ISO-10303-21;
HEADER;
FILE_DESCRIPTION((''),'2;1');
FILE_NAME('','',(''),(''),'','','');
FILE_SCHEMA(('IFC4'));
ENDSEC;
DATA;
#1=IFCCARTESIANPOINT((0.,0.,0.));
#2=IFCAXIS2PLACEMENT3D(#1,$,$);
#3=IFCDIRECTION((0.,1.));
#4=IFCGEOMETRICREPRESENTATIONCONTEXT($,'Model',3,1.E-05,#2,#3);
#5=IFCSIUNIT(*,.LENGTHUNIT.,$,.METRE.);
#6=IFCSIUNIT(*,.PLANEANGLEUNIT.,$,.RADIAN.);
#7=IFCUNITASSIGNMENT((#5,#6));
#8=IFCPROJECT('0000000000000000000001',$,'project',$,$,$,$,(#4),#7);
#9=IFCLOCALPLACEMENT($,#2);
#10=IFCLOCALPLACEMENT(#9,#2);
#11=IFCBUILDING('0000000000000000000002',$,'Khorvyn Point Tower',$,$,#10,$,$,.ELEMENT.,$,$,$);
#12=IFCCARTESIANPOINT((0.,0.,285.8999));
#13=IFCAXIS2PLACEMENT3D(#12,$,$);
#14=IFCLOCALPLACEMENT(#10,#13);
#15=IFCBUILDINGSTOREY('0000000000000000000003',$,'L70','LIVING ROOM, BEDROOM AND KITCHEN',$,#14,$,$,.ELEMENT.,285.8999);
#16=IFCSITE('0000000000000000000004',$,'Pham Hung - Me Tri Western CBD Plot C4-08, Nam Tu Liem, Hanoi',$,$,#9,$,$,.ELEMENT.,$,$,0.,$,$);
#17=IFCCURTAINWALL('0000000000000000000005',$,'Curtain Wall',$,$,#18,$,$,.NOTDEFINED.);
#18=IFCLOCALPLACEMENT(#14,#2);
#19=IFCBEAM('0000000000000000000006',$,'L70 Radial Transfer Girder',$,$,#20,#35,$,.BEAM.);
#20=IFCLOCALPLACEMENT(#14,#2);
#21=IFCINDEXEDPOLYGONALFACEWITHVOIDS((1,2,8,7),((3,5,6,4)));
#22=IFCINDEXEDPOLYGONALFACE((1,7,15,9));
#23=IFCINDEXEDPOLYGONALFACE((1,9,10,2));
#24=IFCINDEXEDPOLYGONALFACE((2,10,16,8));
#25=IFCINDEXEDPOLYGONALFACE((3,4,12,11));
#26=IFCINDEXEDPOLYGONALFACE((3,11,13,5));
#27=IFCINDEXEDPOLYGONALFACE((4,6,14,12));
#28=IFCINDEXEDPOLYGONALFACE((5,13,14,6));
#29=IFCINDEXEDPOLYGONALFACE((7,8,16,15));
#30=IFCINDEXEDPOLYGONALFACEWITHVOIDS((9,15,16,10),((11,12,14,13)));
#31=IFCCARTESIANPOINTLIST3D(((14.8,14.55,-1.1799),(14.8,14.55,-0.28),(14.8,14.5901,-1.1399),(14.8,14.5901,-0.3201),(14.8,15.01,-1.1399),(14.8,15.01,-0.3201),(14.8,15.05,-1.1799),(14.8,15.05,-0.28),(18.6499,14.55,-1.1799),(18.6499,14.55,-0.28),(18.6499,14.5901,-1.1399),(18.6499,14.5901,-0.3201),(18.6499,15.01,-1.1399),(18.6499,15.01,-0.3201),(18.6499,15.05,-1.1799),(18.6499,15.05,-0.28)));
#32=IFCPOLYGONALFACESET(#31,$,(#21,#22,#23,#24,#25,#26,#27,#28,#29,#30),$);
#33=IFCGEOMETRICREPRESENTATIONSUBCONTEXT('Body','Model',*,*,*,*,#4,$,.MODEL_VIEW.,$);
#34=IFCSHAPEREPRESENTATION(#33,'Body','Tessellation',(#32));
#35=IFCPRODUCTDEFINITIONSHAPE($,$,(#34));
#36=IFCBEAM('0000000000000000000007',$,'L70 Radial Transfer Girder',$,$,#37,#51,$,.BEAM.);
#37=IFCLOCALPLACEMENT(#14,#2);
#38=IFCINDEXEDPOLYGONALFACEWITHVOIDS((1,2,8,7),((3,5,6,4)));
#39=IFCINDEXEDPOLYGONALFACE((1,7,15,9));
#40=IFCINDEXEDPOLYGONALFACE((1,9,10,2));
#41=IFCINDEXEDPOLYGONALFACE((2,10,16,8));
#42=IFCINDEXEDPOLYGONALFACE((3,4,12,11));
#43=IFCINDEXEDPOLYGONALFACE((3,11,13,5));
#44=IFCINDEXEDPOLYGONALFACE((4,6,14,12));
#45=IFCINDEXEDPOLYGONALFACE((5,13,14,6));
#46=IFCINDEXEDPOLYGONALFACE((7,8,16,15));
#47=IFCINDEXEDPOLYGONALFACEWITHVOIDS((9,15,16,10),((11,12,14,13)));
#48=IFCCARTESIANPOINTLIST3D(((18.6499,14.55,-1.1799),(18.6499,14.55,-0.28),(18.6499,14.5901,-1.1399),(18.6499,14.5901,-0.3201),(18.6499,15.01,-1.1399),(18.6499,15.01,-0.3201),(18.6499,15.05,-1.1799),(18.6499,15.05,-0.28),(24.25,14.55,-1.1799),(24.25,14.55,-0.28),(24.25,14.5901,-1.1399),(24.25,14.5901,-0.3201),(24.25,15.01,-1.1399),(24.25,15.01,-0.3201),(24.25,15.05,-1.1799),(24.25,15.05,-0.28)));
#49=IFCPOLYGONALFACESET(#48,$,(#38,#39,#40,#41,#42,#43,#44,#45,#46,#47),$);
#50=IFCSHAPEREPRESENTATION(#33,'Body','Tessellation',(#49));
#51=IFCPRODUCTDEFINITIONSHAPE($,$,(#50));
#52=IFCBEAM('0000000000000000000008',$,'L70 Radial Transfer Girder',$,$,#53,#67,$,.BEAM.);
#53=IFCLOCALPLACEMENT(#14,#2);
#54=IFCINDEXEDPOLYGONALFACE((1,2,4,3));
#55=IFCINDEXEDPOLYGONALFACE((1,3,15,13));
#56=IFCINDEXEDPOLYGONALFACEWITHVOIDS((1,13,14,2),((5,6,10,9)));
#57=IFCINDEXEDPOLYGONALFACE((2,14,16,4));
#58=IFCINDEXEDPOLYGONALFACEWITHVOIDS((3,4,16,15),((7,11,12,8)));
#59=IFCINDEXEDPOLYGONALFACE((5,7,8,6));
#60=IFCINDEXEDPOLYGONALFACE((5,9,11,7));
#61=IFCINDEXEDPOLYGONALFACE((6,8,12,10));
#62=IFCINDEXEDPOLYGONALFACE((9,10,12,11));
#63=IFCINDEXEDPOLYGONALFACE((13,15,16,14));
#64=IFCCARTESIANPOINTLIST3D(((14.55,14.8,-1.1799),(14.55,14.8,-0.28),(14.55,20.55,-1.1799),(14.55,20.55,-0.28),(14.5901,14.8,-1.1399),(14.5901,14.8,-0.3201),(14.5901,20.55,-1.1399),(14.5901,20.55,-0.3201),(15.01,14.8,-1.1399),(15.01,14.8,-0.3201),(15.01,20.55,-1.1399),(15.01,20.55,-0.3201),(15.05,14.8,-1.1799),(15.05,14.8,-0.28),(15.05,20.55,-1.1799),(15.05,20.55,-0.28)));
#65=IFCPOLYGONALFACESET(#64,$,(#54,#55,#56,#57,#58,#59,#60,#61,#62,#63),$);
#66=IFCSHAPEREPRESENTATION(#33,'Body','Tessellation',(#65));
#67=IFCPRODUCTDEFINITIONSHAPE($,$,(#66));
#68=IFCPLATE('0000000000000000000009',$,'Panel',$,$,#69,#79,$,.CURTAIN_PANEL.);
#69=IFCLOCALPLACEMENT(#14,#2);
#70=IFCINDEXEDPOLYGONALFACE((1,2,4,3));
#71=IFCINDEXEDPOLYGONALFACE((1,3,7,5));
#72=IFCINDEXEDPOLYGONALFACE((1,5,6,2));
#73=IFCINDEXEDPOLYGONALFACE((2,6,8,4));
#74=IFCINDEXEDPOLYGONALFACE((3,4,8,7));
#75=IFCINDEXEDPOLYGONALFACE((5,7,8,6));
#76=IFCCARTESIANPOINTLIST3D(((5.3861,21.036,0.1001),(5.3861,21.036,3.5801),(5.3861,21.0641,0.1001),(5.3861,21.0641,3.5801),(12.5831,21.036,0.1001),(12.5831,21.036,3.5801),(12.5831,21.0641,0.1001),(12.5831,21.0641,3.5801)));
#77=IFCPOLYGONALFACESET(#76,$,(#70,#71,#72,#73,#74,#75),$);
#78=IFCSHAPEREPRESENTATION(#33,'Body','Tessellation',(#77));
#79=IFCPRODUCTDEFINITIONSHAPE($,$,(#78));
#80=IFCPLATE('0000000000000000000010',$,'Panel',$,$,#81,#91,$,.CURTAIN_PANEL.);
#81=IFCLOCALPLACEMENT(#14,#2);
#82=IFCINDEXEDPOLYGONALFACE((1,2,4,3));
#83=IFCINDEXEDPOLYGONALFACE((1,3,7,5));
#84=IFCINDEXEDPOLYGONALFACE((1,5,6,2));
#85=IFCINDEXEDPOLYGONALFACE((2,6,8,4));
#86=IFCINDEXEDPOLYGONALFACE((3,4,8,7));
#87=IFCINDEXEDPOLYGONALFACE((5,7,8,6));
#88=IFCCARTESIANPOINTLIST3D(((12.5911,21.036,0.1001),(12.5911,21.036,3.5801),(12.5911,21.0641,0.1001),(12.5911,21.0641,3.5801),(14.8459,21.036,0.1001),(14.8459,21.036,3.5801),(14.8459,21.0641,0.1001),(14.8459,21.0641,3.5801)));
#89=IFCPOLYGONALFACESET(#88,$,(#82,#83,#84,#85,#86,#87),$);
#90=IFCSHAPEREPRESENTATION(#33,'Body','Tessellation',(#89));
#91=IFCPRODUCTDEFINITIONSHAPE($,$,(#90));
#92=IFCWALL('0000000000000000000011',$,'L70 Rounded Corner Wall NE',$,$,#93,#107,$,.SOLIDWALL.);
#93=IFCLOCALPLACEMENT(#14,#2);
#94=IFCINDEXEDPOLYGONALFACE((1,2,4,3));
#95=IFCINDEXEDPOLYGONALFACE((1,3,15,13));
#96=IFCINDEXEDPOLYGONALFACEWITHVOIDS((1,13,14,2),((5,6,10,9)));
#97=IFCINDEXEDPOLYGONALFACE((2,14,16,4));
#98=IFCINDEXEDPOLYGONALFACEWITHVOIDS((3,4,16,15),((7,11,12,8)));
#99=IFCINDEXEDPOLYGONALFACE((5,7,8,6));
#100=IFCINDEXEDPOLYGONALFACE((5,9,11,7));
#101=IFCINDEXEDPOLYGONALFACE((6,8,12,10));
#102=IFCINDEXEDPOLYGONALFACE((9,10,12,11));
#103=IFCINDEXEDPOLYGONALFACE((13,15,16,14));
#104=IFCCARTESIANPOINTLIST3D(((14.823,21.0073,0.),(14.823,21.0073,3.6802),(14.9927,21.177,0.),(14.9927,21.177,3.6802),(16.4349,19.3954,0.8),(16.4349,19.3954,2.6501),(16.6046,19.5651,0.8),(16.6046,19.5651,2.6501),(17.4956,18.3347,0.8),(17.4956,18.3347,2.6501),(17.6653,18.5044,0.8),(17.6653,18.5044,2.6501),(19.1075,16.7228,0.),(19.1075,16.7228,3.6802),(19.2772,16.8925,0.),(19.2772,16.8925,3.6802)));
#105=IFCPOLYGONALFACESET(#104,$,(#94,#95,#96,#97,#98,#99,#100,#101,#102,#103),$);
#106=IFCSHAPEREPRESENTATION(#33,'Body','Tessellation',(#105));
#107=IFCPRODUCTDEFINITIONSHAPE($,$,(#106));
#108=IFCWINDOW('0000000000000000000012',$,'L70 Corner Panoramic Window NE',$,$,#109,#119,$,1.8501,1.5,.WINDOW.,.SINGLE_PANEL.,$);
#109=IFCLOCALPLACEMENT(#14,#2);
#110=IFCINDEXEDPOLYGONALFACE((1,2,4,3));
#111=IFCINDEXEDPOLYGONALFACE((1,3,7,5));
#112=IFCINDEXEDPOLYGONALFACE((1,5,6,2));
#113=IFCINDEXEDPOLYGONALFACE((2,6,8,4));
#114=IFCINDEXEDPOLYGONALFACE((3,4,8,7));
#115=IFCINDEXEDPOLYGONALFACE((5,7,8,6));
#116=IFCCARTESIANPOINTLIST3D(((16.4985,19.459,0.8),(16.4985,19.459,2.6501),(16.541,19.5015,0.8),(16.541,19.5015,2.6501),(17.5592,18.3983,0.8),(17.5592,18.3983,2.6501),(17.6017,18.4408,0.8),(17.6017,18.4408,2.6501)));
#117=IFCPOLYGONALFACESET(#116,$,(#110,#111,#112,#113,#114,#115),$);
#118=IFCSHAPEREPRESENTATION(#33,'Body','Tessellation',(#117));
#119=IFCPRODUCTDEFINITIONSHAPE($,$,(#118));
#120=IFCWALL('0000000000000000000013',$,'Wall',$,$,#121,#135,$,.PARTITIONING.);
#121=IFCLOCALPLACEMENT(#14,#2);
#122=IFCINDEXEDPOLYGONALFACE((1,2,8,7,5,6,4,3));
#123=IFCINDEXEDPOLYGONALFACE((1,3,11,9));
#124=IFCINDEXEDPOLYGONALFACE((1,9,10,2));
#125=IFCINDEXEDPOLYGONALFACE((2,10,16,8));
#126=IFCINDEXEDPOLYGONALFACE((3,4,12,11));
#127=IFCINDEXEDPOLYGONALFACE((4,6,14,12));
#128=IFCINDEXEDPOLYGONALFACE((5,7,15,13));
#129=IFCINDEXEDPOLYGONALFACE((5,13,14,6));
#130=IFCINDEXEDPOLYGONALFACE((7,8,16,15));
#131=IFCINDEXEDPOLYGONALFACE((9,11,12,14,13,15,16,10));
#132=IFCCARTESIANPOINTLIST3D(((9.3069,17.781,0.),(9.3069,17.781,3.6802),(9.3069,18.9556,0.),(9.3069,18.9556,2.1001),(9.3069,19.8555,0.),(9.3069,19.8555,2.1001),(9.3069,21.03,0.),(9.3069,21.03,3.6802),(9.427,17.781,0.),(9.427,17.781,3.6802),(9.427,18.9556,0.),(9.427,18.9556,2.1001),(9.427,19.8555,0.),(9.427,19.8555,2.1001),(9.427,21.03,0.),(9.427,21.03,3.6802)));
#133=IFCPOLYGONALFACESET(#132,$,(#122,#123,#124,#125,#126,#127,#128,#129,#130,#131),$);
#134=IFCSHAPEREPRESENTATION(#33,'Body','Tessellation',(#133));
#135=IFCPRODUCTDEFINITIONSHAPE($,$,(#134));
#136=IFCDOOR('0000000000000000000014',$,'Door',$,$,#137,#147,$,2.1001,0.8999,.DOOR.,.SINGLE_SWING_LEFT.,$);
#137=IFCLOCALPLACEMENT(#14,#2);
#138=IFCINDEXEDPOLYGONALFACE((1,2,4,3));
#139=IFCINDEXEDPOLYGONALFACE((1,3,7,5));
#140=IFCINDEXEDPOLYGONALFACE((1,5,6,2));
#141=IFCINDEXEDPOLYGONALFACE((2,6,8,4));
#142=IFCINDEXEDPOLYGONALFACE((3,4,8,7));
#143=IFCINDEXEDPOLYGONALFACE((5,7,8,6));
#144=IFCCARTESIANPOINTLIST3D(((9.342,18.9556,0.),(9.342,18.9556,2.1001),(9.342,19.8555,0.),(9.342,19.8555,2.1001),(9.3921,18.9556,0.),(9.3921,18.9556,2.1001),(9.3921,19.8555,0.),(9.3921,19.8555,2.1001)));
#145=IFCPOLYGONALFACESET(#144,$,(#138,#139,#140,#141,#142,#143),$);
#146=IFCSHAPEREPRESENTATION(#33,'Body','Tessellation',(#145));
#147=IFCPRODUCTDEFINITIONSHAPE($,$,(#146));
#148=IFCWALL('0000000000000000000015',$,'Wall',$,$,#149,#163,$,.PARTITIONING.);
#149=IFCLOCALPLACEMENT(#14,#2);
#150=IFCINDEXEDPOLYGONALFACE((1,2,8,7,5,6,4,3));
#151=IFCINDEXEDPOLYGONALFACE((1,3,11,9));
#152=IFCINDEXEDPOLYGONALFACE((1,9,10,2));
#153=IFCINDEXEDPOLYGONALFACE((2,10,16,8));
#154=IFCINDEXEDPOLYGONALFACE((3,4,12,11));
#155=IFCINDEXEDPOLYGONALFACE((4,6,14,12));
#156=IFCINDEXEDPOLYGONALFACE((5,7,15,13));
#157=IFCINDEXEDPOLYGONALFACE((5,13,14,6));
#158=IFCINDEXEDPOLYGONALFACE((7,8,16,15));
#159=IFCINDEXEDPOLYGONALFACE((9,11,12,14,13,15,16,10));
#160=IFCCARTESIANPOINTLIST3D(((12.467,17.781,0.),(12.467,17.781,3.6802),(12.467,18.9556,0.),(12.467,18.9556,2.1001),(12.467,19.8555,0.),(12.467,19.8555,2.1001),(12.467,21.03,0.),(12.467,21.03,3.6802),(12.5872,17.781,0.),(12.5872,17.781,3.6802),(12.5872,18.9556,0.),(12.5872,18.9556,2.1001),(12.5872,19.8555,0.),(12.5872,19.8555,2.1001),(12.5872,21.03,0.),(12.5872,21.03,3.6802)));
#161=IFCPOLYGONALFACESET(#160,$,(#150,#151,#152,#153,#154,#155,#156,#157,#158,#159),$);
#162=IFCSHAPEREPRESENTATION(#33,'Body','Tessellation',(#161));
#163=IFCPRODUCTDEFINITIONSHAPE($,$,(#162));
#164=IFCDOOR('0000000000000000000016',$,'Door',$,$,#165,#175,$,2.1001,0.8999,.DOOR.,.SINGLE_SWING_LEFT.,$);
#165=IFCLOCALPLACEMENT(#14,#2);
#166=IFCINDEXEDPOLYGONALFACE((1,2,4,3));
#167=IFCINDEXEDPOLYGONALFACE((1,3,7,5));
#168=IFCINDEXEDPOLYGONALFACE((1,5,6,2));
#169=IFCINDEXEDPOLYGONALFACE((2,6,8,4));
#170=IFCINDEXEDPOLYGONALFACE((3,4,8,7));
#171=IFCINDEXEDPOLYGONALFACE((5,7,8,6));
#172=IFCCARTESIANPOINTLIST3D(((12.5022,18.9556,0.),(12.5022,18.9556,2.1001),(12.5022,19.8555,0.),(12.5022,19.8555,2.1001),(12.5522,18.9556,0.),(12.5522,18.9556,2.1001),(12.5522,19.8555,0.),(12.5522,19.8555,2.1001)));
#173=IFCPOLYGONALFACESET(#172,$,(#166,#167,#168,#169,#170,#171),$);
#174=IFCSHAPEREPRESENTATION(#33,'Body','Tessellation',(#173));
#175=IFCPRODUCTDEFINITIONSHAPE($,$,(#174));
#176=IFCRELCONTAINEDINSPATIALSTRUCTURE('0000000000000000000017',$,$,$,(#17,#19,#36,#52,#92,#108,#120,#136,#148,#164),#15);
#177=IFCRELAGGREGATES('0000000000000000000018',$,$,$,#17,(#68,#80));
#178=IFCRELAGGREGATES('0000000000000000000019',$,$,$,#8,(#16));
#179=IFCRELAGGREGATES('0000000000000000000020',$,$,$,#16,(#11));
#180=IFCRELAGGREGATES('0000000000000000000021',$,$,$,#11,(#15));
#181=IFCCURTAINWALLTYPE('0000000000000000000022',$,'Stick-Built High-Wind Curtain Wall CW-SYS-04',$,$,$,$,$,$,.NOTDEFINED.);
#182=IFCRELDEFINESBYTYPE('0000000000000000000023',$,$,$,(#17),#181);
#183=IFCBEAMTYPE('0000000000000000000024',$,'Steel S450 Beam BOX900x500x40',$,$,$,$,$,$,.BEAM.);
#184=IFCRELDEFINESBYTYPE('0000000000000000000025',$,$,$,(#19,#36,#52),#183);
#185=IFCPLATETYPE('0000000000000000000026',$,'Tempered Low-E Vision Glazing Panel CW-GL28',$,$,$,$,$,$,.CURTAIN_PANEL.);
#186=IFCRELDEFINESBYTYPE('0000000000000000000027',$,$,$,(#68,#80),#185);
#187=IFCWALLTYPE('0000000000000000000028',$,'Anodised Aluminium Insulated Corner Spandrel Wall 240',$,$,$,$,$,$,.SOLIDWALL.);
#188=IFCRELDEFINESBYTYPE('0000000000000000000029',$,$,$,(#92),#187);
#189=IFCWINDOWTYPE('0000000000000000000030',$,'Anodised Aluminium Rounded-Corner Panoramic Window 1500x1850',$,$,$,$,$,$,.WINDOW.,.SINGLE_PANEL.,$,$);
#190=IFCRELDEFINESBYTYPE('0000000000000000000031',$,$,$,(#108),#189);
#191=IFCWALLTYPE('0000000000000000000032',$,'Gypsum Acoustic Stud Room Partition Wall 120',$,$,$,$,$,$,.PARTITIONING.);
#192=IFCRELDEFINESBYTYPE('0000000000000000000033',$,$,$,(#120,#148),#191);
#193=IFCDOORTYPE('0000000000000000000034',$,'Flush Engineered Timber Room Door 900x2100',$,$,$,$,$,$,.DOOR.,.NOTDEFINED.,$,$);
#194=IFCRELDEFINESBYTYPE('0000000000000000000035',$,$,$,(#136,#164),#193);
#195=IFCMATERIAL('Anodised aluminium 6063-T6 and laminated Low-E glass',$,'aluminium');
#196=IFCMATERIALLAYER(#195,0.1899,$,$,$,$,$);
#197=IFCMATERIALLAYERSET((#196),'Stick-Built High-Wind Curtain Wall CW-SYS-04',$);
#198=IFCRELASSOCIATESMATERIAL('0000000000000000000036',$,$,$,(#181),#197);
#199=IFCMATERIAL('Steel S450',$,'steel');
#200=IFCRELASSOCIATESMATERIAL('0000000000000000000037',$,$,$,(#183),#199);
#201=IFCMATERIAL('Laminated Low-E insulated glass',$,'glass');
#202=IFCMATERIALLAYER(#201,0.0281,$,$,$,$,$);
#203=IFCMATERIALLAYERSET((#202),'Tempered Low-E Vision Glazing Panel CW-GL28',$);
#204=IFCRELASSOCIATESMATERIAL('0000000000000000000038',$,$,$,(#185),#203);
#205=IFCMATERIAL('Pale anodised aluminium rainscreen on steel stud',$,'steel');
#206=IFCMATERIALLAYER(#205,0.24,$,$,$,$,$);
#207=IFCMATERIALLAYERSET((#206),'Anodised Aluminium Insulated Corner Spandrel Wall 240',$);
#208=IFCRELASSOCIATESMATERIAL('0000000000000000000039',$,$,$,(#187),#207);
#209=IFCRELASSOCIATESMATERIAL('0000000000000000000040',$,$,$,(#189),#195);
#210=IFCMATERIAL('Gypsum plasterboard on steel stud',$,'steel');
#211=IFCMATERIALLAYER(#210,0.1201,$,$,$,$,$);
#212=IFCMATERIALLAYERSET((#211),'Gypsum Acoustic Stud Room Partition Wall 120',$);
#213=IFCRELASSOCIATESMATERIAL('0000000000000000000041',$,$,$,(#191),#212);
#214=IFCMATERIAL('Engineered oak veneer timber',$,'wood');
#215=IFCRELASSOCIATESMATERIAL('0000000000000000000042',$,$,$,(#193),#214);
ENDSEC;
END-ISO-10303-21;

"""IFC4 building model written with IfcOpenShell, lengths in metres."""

from ifc_helpers import new_model, si_unit, direction, frame, frame_2d, origin, origin_2d, place, context, subcontext, project, spatial, rectangle, hollow_rectangle, extrude, material, layer, layer_set, material_profile, profile_set, type_object, element, fill, aggregate, save


model = new_model("IFC4")

# Units and contexts
model_context = context("Model", 3, precision=1e-05, world=origin(), true_north=direction((0.0, 1.0)))
body_context = subcontext(model_context, "Body", "Model", "MODEL_VIEW")
ifc_project = project(units=[si_unit("LENGTHUNIT", "METRE"), si_unit("PLANEANGLEUNIT", "RADIAN")], contexts=[model_context])

# Site, building, storey
site_placement = place(None, origin())
site = spatial("IfcSite", under=ifc_project, at=site_placement, Name="Pham Hung - Me Tri Western CBD Plot C4-08, Nam Tu Liem, Hanoi", CompositionType="ELEMENT", RefElevation=0.0)
building_placement = place(site_placement, origin())
building = spatial("IfcBuilding", under=site, at=building_placement, Name="Khorvyn Point Tower", CompositionType="ELEMENT")
storey_placement = place(building_placement, frame((0.0, 0.0, 285.8999)))
storey = spatial("IfcBuildingStorey", under=building, at=storey_placement, Name="L70", Description="LIVING ROOM, BEDROOM AND KITCHEN", CompositionType="ELEMENT", Elevation=285.8999)

# Curtain wall
ifc_material_1 = material(Name="Anodised aluminium 6063-T6 and laminated Low-E glass", Category="aluminium")
ifc_layer_1 = layer(ifc_material_1, 0.1899)
ifc_layer_set_1 = layer_set([ifc_layer_1], Name="Stick-Built High-Wind Curtain Wall CW-SYS-04")
curtain_wall_type = type_object("IfcCurtainWallType", Name="Stick-Built High-Wind Curtain Wall CW-SYS-04", PredefinedType="NOTDEFINED", material=ifc_layer_set_1)
curtain_wall_1_placement = place(storey_placement, origin())
curtain_wall_1 = element("IfcCurtainWall", 1, at=curtain_wall_1_placement, inside=storey, type_object=curtain_wall_type, Name="Curtain Wall", PredefinedType="NOTDEFINED")

# Beams
ifc_material_2 = material(Name="Steel S450", Category="steel")
ifc_material_profile_1 = material_profile(ifc_material_2, hollow_rectangle(XDim=0.5, YDim=0.8999, WallThickness=0.04, at=origin_2d()))
ifc_profile_set_1 = profile_set([ifc_material_profile_1], Name="Steel S450 BOX900x500x40")
beam_type_1 = type_object("IfcBeamType", Name="Steel S450 Beam BOX900x500x40", PredefinedType="BEAM", material=ifc_profile_set_1)
beam_1_placement = place(storey_placement, frame((14.8, 14.8, -0.73), z_axis=(1.0, 0.0, 0.0), x_axis=(0.0, 1.0, 0.0)))
element("IfcBeam", 2, at=beam_1_placement, inside=storey, type_object=beam_type_1, Name="L70 Radial Transfer Girder", PredefinedType="BEAM", context=body_context, shape_type="SweptSolid", body=[
    extrude(hollow_rectangle(XDim=0.5, YDim=0.8999, WallThickness=0.04, at=origin_2d()), origin(), (0.0, 0.0, 1.0), 3.8499),
])
beam_2_placement = place(storey_placement, frame((18.6499, 14.8, -0.73), z_axis=(1.0, 0.0, 0.0), x_axis=(0.0, 1.0, 0.0)))
element("IfcBeam", 3, at=beam_2_placement, inside=storey, type_object=beam_type_1, Name="L70 Radial Transfer Girder", PredefinedType="BEAM", context=body_context, shape_type="SweptSolid", body=[
    extrude(hollow_rectangle(XDim=0.5, YDim=0.8999, WallThickness=0.04, at=origin_2d()), origin(), (0.0, 0.0, 1.0), 5.6001),
])
beam_3_placement = place(storey_placement, frame((14.8, 14.8, -0.73), z_axis=(0.0, 1.0, 0.0), x_axis=(-1.0, 0.0, 0.0)))
element("IfcBeam", 4, at=beam_3_placement, inside=storey, type_object=beam_type_1, Name="L70 Radial Transfer Girder", PredefinedType="BEAM", context=body_context, shape_type="SweptSolid", body=[
    extrude(hollow_rectangle(XDim=0.5, YDim=0.8999, WallThickness=0.04, at=origin_2d()), origin(), (0.0, 0.0, 1.0), 5.75),
])

# Plates
ifc_material_3 = material(Name="Laminated Low-E insulated glass", Category="glass")
ifc_layer_2 = layer(ifc_material_3, 0.0281)
ifc_layer_set_2 = layer_set([ifc_layer_2], Name="Tempered Low-E Vision Glazing Panel CW-GL28")
plate_type = type_object("IfcPlateType", Name="Tempered Low-E Vision Glazing Panel CW-GL28", PredefinedType="CURTAIN_PANEL", material=ifc_layer_set_2)
plate_1_placement = place(storey_placement, frame((8.9846, 21.05, 0.1001), z_axis=(0.0, 0.0, 1.0), x_axis=(1.0, 0.0, 0.0)))
plate_1 = element("IfcPlate", 5, at=plate_1_placement, type_object=plate_type, Name="Panel", PredefinedType="CURTAIN_PANEL", context=body_context, shape_type="SweptSolid", body=[
    extrude(rectangle(XDim=7.197, YDim=0.0281, at=origin_2d()), origin(), (0.0, 0.0, 1.0), 3.48),
])
plate_2_placement = place(storey_placement, frame((13.7185, 21.05, 0.1001), z_axis=(0.0, 0.0, 1.0), x_axis=(1.0, 0.0, 0.0)))
plate_2 = element("IfcPlate", 6, at=plate_2_placement, type_object=plate_type, Name="Panel", PredefinedType="CURTAIN_PANEL", context=body_context, shape_type="SweptSolid", body=[
    extrude(rectangle(XDim=2.2549, YDim=0.0281, at=origin_2d()), origin(), (0.0, 0.0, 1.0), 3.48),
])
aggregate(curtain_wall_1, [plate_1, plate_2])

# Wall, opening, window
ifc_material_4 = material(Name="Pale anodised aluminium rainscreen on steel stud", Category="steel")
ifc_layer_3 = layer(ifc_material_4, 0.24)
ifc_layer_set_3 = layer_set([ifc_layer_3], Name="Anodised Aluminium Insulated Corner Spandrel Wall 240")
wall_type_1 = type_object("IfcWallType", Name="Anodised Aluminium Insulated Corner Spandrel Wall 240", PredefinedType="SOLIDWALL", material=ifc_layer_set_3)
wall_1_placement = place(storey_placement, frame((14.9077, 21.0923, 0.0), z_axis=(0.0, 0.0, 1.0), x_axis=(0.707107, -0.707107, 0.0)))
wall_1 = element("IfcWall", 7, at=wall_1_placement, inside=storey, type_object=wall_type_1, Name="L70 Rounded Corner Wall NE", PredefinedType="SOLIDWALL", context=body_context, shape_type="SweptSolid", body=[
    extrude(rectangle(XDim=6.0593, YDim=0.24, at=frame_2d((3.0298, 0.0))), origin(), (0.0, 0.0, 1.0), 3.6802),
])
opening_1_placement = place(wall_1_placement, frame((2.2798, 0.0, 0.8)))
opening_1 = element("IfcOpeningElement", 8, at=opening_1_placement, cuts=wall_1, PredefinedType="OPENING", context=body_context, shape_type="SweptSolid", body=[
    extrude(rectangle(XDim=1.5, YDim=1.8501, at=frame_2d((0.75, 0.925))), frame((0.0, 0.1299, 0.0), z_axis=(0.0, -1.0, 0.0), x_axis=(1.0, 0.0, 0.0)), (0.0, 0.0, 1.0), 0.26),
])
window_type = type_object("IfcWindowType", Name="Anodised Aluminium Rounded-Corner Panoramic Window 1500x1850", PartitioningType="SINGLE_PANEL", PredefinedType="WINDOW", material=ifc_material_1)
window_placement = place(opening_1_placement, origin())
window = element("IfcWindow", 9, at=window_placement, inside=storey, type_object=window_type, Name="L70 Corner Panoramic Window NE", OverallHeight=1.8501, OverallWidth=1.5, PartitioningType="SINGLE_PANEL", PredefinedType="WINDOW", context=body_context, shape_type="SweptSolid", body=[
    extrude(rectangle(XDim=1.5, YDim=1.8501, at=frame_2d((0.75, 0.925))), frame((0.0, 0.03, 0.0), z_axis=(0.0, -1.0, 0.0), x_axis=(1.0, 0.0, 0.0)), (0.0, 0.0, 1.0), 0.0601),
])
fill(opening_1, window)

# Walls, openings, doors
ifc_material_5 = material(Name="Gypsum plasterboard on steel stud", Category="steel")
ifc_layer_4 = layer(ifc_material_5, 0.1201)
ifc_layer_set_4 = layer_set([ifc_layer_4], Name="Gypsum Acoustic Stud Room Partition Wall 120")
wall_type_2 = type_object("IfcWallType", Name="Gypsum Acoustic Stud Room Partition Wall 120", PredefinedType="PARTITIONING", material=ifc_layer_set_4)
wall_2_placement = place(storey_placement, frame((9.3669, 17.781, 0.0), z_axis=(0.0, 0.0, 1.0), x_axis=(0.0, 1.0, 0.0)))
wall_2 = element("IfcWall", 10, at=wall_2_placement, inside=storey, type_object=wall_type_2, Name="Wall", PredefinedType="PARTITIONING", context=body_context, shape_type="SweptSolid", body=[
    extrude(rectangle(XDim=3.249, YDim=0.1201, at=frame_2d((1.6245, 0.0))), origin(), (0.0, 0.0, 1.0), 3.6802),
])
opening_2_placement = place(wall_2_placement, frame((1.1746, 0.0, 0.0)))
opening_2 = element("IfcOpeningElement", 11, at=opening_2_placement, cuts=wall_2, PredefinedType="OPENING", context=body_context, shape_type="SweptSolid", body=[
    extrude(rectangle(XDim=0.8999, YDim=2.1001, at=frame_2d((0.45, 1.05))), frame((0.0, 0.0701, 0.0), z_axis=(0.0, -1.0, 0.0), x_axis=(1.0, 0.0, 0.0)), (0.0, 0.0, 1.0), 0.1401),
])
ifc_material_6 = material(Name="Engineered oak veneer timber", Category="wood")
door_type_1 = type_object("IfcDoorType", Name="Flush Engineered Timber Room Door 900x2100", OperationType="NOTDEFINED", PredefinedType="DOOR", material=ifc_material_6)
door_1_placement = place(opening_2_placement, origin())
door_1 = element("IfcDoor", 12, at=door_1_placement, inside=storey, type_object=door_type_1, Name="Door", OperationType="SINGLE_SWING_LEFT", OverallHeight=2.1001, OverallWidth=0.8999, PredefinedType="DOOR", context=body_context, shape_type="SweptSolid", body=[
    extrude(rectangle(XDim=0.8999, YDim=2.1001, at=frame_2d((0.45, 1.05))), frame((0.0, 0.0249, 0.0), z_axis=(0.0, -1.0, 0.0), x_axis=(1.0, 0.0, 0.0)), (0.0, 0.0, 1.0), 0.05),
])
fill(opening_2, door_1)
wall_3_placement = place(storey_placement, frame((12.5271, 17.781, 0.0), z_axis=(0.0, 0.0, 1.0), x_axis=(0.0, 1.0, 0.0)))
wall_3 = element("IfcWall", 13, at=wall_3_placement, inside=storey, type_object=wall_type_2, Name="Wall", PredefinedType="PARTITIONING", context=body_context, shape_type="SweptSolid", body=[
    extrude(rectangle(XDim=3.249, YDim=0.1201, at=frame_2d((1.6245, 0.0))), origin(), (0.0, 0.0, 1.0), 3.6802),
])
opening_3_placement = place(wall_3_placement, frame((1.1746, 0.0, 0.0)))
opening_3 = element("IfcOpeningElement", 14, at=opening_3_placement, cuts=wall_3, PredefinedType="OPENING", context=body_context, shape_type="SweptSolid", body=[
    extrude(rectangle(XDim=0.8999, YDim=2.1001, at=frame_2d((0.45, 1.05))), frame((0.0, 0.0701, 0.0), z_axis=(0.0, -1.0, 0.0), x_axis=(1.0, 0.0, 0.0)), (0.0, 0.0, 1.0), 0.1401),
])
door_2_placement = place(opening_3_placement, origin())
door_2 = element("IfcDoor", 15, at=door_2_placement, inside=storey, type_object=door_type_1, Name="Door", OperationType="SINGLE_SWING_LEFT", OverallHeight=2.1001, OverallWidth=0.8999, PredefinedType="DOOR", context=body_context, shape_type="SweptSolid", body=[
    extrude(rectangle(XDim=0.8999, YDim=2.1001, at=frame_2d((0.45, 1.05))), frame((0.0, 0.0249, 0.0), z_axis=(0.0, -1.0, 0.0), x_axis=(1.0, 0.0, 0.0)), (0.0, 0.0, 1.0), 0.05),
])
fill(opening_3, door_2)

save(model, "model.ifc")
